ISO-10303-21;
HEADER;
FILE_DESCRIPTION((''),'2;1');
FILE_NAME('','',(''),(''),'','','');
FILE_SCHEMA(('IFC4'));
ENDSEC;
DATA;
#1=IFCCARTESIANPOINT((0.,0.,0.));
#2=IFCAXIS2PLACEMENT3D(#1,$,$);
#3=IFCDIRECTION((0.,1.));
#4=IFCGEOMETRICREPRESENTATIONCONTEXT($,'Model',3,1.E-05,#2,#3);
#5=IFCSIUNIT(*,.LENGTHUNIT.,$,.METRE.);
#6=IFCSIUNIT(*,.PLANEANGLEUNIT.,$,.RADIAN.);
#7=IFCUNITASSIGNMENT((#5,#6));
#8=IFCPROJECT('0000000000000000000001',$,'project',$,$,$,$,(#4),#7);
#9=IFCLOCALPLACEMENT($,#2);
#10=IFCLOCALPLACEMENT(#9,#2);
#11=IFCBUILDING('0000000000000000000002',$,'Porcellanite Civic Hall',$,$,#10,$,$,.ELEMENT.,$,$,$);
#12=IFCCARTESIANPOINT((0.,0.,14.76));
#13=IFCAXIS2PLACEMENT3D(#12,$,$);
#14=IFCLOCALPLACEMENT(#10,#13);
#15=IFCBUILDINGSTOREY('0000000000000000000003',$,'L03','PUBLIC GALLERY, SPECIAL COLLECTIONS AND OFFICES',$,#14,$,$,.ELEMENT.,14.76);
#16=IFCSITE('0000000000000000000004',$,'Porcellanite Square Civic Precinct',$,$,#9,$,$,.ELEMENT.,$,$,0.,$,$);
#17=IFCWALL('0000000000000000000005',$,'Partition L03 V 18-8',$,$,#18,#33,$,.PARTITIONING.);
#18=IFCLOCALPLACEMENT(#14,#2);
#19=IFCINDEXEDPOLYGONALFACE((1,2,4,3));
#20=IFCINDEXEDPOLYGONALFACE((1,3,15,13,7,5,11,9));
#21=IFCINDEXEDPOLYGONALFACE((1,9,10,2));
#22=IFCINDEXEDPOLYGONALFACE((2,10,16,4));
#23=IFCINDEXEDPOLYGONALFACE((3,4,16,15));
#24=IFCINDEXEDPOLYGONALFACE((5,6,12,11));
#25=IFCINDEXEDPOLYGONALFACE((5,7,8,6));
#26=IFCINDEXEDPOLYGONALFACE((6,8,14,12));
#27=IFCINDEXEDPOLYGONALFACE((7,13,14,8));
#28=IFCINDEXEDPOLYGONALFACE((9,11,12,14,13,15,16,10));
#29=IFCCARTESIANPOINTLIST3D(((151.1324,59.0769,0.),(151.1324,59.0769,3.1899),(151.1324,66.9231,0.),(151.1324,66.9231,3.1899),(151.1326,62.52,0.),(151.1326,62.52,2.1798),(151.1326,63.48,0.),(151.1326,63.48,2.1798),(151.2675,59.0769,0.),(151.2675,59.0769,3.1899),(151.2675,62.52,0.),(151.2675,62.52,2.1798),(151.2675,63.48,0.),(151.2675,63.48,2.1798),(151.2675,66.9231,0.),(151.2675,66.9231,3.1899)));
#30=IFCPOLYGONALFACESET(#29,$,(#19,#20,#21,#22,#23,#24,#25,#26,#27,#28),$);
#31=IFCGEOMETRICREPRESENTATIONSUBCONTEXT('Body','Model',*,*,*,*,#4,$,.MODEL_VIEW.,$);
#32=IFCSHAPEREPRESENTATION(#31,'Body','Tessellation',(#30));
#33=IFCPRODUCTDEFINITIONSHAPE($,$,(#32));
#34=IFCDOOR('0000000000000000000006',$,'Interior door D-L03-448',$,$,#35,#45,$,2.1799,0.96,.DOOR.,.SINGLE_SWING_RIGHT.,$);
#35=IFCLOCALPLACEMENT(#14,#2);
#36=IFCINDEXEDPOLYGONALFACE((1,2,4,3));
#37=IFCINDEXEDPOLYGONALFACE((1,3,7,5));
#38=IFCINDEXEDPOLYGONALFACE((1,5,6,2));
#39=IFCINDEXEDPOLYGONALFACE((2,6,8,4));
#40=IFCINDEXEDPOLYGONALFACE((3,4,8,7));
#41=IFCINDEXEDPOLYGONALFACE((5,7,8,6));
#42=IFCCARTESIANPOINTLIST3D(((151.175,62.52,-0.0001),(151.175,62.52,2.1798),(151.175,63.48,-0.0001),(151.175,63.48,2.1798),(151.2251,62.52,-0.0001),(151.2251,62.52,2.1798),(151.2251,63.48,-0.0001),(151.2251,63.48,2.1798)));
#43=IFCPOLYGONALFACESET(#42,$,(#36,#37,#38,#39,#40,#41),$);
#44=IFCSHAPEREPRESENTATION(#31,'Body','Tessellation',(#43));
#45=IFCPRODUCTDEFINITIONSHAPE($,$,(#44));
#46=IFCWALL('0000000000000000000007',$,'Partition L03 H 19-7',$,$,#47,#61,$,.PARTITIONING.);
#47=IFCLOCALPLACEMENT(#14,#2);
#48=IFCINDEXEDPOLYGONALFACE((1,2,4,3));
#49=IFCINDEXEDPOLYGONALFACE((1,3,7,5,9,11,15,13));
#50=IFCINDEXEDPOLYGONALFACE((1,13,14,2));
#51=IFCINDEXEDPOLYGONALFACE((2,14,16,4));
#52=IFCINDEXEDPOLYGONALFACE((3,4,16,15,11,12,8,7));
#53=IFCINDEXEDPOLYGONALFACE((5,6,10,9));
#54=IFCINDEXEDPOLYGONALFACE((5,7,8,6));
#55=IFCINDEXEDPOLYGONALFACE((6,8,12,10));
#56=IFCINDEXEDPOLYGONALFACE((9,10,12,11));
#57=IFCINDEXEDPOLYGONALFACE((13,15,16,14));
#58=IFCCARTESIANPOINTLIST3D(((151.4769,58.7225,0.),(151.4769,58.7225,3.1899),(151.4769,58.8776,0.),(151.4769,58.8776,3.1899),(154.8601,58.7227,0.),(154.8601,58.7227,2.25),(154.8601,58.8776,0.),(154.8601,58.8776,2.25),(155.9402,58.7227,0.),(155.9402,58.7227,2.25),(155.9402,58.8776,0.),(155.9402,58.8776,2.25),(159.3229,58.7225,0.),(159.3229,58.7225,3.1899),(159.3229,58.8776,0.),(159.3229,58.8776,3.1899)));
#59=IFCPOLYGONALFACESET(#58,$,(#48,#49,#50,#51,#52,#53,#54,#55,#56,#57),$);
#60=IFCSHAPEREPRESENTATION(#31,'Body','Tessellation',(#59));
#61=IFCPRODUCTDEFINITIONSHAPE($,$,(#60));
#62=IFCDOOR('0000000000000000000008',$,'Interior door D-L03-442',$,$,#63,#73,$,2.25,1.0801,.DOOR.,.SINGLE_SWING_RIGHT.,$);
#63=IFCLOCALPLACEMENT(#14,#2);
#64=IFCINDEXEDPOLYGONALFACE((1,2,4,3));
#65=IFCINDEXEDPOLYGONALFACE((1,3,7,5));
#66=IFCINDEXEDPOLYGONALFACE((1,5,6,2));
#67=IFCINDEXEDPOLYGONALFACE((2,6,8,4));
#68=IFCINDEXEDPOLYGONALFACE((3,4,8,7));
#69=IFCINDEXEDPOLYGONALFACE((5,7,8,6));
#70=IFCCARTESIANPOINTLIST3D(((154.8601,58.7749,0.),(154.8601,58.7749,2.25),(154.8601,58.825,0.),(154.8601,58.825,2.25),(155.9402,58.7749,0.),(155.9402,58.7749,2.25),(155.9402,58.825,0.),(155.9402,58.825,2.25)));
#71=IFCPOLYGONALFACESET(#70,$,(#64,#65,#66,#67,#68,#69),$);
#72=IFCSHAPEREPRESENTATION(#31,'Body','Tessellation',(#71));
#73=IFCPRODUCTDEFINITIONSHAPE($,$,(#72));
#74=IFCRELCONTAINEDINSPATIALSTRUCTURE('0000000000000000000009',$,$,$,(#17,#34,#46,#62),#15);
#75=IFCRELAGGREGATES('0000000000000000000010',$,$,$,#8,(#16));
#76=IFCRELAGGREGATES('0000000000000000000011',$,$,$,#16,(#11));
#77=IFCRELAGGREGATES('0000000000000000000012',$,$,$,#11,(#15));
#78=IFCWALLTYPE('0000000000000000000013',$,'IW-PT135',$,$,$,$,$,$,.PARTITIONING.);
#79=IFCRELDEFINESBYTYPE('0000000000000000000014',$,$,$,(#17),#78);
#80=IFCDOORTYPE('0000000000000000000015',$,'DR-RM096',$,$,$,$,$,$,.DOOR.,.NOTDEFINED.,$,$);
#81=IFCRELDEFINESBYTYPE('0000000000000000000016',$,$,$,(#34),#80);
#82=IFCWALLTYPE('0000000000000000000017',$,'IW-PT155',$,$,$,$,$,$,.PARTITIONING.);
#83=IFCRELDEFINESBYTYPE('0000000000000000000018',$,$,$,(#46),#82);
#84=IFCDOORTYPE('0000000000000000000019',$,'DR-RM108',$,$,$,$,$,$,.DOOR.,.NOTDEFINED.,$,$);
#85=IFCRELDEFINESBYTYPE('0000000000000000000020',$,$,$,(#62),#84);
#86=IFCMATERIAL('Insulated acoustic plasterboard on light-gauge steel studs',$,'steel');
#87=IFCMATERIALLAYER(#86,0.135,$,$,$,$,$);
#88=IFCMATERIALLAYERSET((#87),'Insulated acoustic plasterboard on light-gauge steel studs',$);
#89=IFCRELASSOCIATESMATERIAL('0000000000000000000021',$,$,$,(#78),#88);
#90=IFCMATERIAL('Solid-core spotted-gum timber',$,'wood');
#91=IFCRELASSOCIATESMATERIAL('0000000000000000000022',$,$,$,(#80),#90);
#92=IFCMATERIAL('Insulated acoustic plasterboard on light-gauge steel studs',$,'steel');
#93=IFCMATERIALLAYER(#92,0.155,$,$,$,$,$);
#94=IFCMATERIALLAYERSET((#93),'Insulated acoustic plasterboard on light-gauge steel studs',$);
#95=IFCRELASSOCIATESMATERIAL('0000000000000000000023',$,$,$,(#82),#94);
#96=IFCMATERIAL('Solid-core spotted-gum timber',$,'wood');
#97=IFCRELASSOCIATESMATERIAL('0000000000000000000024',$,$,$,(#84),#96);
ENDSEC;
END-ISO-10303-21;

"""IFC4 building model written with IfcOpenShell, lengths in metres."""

from ifc_helpers import new_model, si_unit, direction, frame, frame_2d, origin, place, context, subcontext, project, spatial, rectangle, extrude, material, layer, layer_set, type_object, element, fill, save


model = new_model("IFC4")

# Units and contexts
model_context = context("Model", 3, precision=1e-05, world=origin(), true_north=direction((0.0, 1.0)))
body_context = subcontext(model_context, "Body", "Model", "MODEL_VIEW")
ifc_project = project(units=[si_unit("LENGTHUNIT", "METRE"), si_unit("PLANEANGLEUNIT", "RADIAN")], contexts=[model_context])

# Site, building, storey
site_placement = place(None, origin())
site = spatial("IfcSite", under=ifc_project, at=site_placement, Name="Porcellanite Square Civic Precinct", CompositionType="ELEMENT", RefElevation=0.0)
building_placement = place(site_placement, origin())
building = spatial("IfcBuilding", under=site, at=building_placement, Name="Porcellanite Civic Hall", CompositionType="ELEMENT")
storey_placement = place(building_placement, frame((0.0, 0.0, 14.76)))
storey = spatial("IfcBuildingStorey", under=building, at=storey_placement, Name="L03", Description="PUBLIC GALLERY, SPECIAL COLLECTIONS AND OFFICES", CompositionType="ELEMENT", Elevation=14.76)

# Walls, openings, doors
ifc_material_1 = material(Name="Insulated acoustic plasterboard on light-gauge steel studs", Category="steel")
ifc_layer_1 = layer(ifc_material_1, 0.135)
ifc_layer_set_1 = layer_set([ifc_layer_1], Name="Insulated acoustic plasterboard on light-gauge steel studs")
wall_type_1 = type_object("IfcWallType", Name="IW-PT135", PredefinedType="PARTITIONING", material=ifc_layer_set_1)
wall_1_placement = place(storey_placement, frame((151.2, 59.0769, 0.0), z_axis=(0.0, 0.0, 1.0), x_axis=(0.0, 1.0, 0.0)))
wall_1 = element("IfcWall", 1, at=wall_1_placement, inside=storey, type_object=wall_type_1, Name="Partition L03 V 18-8", PredefinedType="PARTITIONING", context=body_context, shape_type="SweptSolid", body=[
    extrude(rectangle(XDim=7.8462, YDim=0.135, at=frame_2d((3.9231, 0.0))), origin(), (0.0, 0.0, 1.0), 3.1899),
])
opening_1_placement = place(wall_1_placement, frame((3.4431, 0.0, 0.0)))
opening_1 = element("IfcOpeningElement", 2, at=opening_1_placement, cuts=wall_1, PredefinedType="OPENING", context=body_context, shape_type="SweptSolid", body=[
    extrude(rectangle(XDim=0.96, YDim=2.1799, at=frame_2d((0.48, 1.0898))), frame((0.0, 0.0674, 0.0), z_axis=(0.0, -1.0, 0.0), x_axis=(1.0, 0.0, 0.0)), (0.0, 0.0, 1.0), 0.135),
])
ifc_material_2 = material(Name="Solid-core spotted-gum timber", Category="wood")
door_type_1 = type_object("IfcDoorType", Name="DR-RM096", OperationType="NOTDEFINED", PredefinedType="DOOR", material=ifc_material_2)
door_1_placement = place(opening_1_placement, origin())
door_1 = element("IfcDoor", 3, at=door_1_placement, inside=storey, type_object=door_type_1, Name="Interior door D-L03-448", OperationType="SINGLE_SWING_RIGHT", OverallHeight=2.1799, OverallWidth=0.96, PredefinedType="DOOR", context=body_context, shape_type="SweptSolid", body=[
    extrude(rectangle(XDim=0.96, YDim=2.1799, at=frame_2d((0.48, 1.0898))), frame((0.0, 0.0249, 0.0), z_axis=(0.0, -1.0, 0.0), x_axis=(1.0, 0.0, 0.0)), (0.0, 0.0, 1.0), 0.05),
])
fill(opening_1, door_1)
ifc_material_3 = material(Name="Insulated acoustic plasterboard on light-gauge steel studs", Category="steel")
ifc_layer_2 = layer(ifc_material_3, 0.155)
ifc_layer_set_2 = layer_set([ifc_layer_2], Name="Insulated acoustic plasterboard on light-gauge steel studs")
wall_type_2 = type_object("IfcWallType", Name="IW-PT155", PredefinedType="PARTITIONING", material=ifc_layer_set_2)
wall_2_placement = place(storey_placement, frame((151.4771, 58.8, 0.0), z_axis=(0.0, 0.0, 1.0), x_axis=(1.0, 0.0, 0.0)))
wall_2 = element("IfcWall", 4, at=wall_2_placement, inside=storey, type_object=wall_type_2, Name="Partition L03 H 19-7", PredefinedType="PARTITIONING", context=body_context, shape_type="SweptSolid", body=[
    extrude(rectangle(XDim=7.8459, YDim=0.155, at=frame_2d((3.9229, 0.0))), origin(), (0.0, 0.0, 1.0), 3.1899),
])
opening_2_placement = place(wall_2_placement, frame((3.3831, 0.0, 0.0)))
opening_2 = element("IfcOpeningElement", 5, at=opening_2_placement, cuts=wall_2, PredefinedType="OPENING", context=body_context, shape_type="SweptSolid", body=[
    extrude(rectangle(XDim=1.0801, YDim=2.25, at=frame_2d((0.54, 1.125))), frame((0.0, 0.0776, 0.0), z_axis=(0.0, -1.0, 0.0), x_axis=(1.0, 0.0, 0.0)), (0.0, 0.0, 1.0), 0.155),
])
ifc_material_4 = material(Name="Solid-core spotted-gum timber", Category="wood")
door_type_2 = type_object("IfcDoorType", Name="DR-RM108", OperationType="NOTDEFINED", PredefinedType="DOOR", material=ifc_material_4)
door_2_placement = place(opening_2_placement, origin())
door_2 = element("IfcDoor", 6, at=door_2_placement, inside=storey, type_object=door_type_2, Name="Interior door D-L03-442", OperationType="SINGLE_SWING_RIGHT", OverallHeight=2.25, OverallWidth=1.0801, PredefinedType="DOOR", context=body_context, shape_type="SweptSolid", body=[
    extrude(rectangle(XDim=1.0801, YDim=2.25, at=frame_2d((0.54, 1.125))), frame((0.0, 0.0249, 0.0), z_axis=(0.0, -1.0, 0.0), x_axis=(1.0, 0.0, 0.0)), (0.0, 0.0, 1.0), 0.05),
])
fill(opening_2, door_2)

save(model, "model.ifc")
